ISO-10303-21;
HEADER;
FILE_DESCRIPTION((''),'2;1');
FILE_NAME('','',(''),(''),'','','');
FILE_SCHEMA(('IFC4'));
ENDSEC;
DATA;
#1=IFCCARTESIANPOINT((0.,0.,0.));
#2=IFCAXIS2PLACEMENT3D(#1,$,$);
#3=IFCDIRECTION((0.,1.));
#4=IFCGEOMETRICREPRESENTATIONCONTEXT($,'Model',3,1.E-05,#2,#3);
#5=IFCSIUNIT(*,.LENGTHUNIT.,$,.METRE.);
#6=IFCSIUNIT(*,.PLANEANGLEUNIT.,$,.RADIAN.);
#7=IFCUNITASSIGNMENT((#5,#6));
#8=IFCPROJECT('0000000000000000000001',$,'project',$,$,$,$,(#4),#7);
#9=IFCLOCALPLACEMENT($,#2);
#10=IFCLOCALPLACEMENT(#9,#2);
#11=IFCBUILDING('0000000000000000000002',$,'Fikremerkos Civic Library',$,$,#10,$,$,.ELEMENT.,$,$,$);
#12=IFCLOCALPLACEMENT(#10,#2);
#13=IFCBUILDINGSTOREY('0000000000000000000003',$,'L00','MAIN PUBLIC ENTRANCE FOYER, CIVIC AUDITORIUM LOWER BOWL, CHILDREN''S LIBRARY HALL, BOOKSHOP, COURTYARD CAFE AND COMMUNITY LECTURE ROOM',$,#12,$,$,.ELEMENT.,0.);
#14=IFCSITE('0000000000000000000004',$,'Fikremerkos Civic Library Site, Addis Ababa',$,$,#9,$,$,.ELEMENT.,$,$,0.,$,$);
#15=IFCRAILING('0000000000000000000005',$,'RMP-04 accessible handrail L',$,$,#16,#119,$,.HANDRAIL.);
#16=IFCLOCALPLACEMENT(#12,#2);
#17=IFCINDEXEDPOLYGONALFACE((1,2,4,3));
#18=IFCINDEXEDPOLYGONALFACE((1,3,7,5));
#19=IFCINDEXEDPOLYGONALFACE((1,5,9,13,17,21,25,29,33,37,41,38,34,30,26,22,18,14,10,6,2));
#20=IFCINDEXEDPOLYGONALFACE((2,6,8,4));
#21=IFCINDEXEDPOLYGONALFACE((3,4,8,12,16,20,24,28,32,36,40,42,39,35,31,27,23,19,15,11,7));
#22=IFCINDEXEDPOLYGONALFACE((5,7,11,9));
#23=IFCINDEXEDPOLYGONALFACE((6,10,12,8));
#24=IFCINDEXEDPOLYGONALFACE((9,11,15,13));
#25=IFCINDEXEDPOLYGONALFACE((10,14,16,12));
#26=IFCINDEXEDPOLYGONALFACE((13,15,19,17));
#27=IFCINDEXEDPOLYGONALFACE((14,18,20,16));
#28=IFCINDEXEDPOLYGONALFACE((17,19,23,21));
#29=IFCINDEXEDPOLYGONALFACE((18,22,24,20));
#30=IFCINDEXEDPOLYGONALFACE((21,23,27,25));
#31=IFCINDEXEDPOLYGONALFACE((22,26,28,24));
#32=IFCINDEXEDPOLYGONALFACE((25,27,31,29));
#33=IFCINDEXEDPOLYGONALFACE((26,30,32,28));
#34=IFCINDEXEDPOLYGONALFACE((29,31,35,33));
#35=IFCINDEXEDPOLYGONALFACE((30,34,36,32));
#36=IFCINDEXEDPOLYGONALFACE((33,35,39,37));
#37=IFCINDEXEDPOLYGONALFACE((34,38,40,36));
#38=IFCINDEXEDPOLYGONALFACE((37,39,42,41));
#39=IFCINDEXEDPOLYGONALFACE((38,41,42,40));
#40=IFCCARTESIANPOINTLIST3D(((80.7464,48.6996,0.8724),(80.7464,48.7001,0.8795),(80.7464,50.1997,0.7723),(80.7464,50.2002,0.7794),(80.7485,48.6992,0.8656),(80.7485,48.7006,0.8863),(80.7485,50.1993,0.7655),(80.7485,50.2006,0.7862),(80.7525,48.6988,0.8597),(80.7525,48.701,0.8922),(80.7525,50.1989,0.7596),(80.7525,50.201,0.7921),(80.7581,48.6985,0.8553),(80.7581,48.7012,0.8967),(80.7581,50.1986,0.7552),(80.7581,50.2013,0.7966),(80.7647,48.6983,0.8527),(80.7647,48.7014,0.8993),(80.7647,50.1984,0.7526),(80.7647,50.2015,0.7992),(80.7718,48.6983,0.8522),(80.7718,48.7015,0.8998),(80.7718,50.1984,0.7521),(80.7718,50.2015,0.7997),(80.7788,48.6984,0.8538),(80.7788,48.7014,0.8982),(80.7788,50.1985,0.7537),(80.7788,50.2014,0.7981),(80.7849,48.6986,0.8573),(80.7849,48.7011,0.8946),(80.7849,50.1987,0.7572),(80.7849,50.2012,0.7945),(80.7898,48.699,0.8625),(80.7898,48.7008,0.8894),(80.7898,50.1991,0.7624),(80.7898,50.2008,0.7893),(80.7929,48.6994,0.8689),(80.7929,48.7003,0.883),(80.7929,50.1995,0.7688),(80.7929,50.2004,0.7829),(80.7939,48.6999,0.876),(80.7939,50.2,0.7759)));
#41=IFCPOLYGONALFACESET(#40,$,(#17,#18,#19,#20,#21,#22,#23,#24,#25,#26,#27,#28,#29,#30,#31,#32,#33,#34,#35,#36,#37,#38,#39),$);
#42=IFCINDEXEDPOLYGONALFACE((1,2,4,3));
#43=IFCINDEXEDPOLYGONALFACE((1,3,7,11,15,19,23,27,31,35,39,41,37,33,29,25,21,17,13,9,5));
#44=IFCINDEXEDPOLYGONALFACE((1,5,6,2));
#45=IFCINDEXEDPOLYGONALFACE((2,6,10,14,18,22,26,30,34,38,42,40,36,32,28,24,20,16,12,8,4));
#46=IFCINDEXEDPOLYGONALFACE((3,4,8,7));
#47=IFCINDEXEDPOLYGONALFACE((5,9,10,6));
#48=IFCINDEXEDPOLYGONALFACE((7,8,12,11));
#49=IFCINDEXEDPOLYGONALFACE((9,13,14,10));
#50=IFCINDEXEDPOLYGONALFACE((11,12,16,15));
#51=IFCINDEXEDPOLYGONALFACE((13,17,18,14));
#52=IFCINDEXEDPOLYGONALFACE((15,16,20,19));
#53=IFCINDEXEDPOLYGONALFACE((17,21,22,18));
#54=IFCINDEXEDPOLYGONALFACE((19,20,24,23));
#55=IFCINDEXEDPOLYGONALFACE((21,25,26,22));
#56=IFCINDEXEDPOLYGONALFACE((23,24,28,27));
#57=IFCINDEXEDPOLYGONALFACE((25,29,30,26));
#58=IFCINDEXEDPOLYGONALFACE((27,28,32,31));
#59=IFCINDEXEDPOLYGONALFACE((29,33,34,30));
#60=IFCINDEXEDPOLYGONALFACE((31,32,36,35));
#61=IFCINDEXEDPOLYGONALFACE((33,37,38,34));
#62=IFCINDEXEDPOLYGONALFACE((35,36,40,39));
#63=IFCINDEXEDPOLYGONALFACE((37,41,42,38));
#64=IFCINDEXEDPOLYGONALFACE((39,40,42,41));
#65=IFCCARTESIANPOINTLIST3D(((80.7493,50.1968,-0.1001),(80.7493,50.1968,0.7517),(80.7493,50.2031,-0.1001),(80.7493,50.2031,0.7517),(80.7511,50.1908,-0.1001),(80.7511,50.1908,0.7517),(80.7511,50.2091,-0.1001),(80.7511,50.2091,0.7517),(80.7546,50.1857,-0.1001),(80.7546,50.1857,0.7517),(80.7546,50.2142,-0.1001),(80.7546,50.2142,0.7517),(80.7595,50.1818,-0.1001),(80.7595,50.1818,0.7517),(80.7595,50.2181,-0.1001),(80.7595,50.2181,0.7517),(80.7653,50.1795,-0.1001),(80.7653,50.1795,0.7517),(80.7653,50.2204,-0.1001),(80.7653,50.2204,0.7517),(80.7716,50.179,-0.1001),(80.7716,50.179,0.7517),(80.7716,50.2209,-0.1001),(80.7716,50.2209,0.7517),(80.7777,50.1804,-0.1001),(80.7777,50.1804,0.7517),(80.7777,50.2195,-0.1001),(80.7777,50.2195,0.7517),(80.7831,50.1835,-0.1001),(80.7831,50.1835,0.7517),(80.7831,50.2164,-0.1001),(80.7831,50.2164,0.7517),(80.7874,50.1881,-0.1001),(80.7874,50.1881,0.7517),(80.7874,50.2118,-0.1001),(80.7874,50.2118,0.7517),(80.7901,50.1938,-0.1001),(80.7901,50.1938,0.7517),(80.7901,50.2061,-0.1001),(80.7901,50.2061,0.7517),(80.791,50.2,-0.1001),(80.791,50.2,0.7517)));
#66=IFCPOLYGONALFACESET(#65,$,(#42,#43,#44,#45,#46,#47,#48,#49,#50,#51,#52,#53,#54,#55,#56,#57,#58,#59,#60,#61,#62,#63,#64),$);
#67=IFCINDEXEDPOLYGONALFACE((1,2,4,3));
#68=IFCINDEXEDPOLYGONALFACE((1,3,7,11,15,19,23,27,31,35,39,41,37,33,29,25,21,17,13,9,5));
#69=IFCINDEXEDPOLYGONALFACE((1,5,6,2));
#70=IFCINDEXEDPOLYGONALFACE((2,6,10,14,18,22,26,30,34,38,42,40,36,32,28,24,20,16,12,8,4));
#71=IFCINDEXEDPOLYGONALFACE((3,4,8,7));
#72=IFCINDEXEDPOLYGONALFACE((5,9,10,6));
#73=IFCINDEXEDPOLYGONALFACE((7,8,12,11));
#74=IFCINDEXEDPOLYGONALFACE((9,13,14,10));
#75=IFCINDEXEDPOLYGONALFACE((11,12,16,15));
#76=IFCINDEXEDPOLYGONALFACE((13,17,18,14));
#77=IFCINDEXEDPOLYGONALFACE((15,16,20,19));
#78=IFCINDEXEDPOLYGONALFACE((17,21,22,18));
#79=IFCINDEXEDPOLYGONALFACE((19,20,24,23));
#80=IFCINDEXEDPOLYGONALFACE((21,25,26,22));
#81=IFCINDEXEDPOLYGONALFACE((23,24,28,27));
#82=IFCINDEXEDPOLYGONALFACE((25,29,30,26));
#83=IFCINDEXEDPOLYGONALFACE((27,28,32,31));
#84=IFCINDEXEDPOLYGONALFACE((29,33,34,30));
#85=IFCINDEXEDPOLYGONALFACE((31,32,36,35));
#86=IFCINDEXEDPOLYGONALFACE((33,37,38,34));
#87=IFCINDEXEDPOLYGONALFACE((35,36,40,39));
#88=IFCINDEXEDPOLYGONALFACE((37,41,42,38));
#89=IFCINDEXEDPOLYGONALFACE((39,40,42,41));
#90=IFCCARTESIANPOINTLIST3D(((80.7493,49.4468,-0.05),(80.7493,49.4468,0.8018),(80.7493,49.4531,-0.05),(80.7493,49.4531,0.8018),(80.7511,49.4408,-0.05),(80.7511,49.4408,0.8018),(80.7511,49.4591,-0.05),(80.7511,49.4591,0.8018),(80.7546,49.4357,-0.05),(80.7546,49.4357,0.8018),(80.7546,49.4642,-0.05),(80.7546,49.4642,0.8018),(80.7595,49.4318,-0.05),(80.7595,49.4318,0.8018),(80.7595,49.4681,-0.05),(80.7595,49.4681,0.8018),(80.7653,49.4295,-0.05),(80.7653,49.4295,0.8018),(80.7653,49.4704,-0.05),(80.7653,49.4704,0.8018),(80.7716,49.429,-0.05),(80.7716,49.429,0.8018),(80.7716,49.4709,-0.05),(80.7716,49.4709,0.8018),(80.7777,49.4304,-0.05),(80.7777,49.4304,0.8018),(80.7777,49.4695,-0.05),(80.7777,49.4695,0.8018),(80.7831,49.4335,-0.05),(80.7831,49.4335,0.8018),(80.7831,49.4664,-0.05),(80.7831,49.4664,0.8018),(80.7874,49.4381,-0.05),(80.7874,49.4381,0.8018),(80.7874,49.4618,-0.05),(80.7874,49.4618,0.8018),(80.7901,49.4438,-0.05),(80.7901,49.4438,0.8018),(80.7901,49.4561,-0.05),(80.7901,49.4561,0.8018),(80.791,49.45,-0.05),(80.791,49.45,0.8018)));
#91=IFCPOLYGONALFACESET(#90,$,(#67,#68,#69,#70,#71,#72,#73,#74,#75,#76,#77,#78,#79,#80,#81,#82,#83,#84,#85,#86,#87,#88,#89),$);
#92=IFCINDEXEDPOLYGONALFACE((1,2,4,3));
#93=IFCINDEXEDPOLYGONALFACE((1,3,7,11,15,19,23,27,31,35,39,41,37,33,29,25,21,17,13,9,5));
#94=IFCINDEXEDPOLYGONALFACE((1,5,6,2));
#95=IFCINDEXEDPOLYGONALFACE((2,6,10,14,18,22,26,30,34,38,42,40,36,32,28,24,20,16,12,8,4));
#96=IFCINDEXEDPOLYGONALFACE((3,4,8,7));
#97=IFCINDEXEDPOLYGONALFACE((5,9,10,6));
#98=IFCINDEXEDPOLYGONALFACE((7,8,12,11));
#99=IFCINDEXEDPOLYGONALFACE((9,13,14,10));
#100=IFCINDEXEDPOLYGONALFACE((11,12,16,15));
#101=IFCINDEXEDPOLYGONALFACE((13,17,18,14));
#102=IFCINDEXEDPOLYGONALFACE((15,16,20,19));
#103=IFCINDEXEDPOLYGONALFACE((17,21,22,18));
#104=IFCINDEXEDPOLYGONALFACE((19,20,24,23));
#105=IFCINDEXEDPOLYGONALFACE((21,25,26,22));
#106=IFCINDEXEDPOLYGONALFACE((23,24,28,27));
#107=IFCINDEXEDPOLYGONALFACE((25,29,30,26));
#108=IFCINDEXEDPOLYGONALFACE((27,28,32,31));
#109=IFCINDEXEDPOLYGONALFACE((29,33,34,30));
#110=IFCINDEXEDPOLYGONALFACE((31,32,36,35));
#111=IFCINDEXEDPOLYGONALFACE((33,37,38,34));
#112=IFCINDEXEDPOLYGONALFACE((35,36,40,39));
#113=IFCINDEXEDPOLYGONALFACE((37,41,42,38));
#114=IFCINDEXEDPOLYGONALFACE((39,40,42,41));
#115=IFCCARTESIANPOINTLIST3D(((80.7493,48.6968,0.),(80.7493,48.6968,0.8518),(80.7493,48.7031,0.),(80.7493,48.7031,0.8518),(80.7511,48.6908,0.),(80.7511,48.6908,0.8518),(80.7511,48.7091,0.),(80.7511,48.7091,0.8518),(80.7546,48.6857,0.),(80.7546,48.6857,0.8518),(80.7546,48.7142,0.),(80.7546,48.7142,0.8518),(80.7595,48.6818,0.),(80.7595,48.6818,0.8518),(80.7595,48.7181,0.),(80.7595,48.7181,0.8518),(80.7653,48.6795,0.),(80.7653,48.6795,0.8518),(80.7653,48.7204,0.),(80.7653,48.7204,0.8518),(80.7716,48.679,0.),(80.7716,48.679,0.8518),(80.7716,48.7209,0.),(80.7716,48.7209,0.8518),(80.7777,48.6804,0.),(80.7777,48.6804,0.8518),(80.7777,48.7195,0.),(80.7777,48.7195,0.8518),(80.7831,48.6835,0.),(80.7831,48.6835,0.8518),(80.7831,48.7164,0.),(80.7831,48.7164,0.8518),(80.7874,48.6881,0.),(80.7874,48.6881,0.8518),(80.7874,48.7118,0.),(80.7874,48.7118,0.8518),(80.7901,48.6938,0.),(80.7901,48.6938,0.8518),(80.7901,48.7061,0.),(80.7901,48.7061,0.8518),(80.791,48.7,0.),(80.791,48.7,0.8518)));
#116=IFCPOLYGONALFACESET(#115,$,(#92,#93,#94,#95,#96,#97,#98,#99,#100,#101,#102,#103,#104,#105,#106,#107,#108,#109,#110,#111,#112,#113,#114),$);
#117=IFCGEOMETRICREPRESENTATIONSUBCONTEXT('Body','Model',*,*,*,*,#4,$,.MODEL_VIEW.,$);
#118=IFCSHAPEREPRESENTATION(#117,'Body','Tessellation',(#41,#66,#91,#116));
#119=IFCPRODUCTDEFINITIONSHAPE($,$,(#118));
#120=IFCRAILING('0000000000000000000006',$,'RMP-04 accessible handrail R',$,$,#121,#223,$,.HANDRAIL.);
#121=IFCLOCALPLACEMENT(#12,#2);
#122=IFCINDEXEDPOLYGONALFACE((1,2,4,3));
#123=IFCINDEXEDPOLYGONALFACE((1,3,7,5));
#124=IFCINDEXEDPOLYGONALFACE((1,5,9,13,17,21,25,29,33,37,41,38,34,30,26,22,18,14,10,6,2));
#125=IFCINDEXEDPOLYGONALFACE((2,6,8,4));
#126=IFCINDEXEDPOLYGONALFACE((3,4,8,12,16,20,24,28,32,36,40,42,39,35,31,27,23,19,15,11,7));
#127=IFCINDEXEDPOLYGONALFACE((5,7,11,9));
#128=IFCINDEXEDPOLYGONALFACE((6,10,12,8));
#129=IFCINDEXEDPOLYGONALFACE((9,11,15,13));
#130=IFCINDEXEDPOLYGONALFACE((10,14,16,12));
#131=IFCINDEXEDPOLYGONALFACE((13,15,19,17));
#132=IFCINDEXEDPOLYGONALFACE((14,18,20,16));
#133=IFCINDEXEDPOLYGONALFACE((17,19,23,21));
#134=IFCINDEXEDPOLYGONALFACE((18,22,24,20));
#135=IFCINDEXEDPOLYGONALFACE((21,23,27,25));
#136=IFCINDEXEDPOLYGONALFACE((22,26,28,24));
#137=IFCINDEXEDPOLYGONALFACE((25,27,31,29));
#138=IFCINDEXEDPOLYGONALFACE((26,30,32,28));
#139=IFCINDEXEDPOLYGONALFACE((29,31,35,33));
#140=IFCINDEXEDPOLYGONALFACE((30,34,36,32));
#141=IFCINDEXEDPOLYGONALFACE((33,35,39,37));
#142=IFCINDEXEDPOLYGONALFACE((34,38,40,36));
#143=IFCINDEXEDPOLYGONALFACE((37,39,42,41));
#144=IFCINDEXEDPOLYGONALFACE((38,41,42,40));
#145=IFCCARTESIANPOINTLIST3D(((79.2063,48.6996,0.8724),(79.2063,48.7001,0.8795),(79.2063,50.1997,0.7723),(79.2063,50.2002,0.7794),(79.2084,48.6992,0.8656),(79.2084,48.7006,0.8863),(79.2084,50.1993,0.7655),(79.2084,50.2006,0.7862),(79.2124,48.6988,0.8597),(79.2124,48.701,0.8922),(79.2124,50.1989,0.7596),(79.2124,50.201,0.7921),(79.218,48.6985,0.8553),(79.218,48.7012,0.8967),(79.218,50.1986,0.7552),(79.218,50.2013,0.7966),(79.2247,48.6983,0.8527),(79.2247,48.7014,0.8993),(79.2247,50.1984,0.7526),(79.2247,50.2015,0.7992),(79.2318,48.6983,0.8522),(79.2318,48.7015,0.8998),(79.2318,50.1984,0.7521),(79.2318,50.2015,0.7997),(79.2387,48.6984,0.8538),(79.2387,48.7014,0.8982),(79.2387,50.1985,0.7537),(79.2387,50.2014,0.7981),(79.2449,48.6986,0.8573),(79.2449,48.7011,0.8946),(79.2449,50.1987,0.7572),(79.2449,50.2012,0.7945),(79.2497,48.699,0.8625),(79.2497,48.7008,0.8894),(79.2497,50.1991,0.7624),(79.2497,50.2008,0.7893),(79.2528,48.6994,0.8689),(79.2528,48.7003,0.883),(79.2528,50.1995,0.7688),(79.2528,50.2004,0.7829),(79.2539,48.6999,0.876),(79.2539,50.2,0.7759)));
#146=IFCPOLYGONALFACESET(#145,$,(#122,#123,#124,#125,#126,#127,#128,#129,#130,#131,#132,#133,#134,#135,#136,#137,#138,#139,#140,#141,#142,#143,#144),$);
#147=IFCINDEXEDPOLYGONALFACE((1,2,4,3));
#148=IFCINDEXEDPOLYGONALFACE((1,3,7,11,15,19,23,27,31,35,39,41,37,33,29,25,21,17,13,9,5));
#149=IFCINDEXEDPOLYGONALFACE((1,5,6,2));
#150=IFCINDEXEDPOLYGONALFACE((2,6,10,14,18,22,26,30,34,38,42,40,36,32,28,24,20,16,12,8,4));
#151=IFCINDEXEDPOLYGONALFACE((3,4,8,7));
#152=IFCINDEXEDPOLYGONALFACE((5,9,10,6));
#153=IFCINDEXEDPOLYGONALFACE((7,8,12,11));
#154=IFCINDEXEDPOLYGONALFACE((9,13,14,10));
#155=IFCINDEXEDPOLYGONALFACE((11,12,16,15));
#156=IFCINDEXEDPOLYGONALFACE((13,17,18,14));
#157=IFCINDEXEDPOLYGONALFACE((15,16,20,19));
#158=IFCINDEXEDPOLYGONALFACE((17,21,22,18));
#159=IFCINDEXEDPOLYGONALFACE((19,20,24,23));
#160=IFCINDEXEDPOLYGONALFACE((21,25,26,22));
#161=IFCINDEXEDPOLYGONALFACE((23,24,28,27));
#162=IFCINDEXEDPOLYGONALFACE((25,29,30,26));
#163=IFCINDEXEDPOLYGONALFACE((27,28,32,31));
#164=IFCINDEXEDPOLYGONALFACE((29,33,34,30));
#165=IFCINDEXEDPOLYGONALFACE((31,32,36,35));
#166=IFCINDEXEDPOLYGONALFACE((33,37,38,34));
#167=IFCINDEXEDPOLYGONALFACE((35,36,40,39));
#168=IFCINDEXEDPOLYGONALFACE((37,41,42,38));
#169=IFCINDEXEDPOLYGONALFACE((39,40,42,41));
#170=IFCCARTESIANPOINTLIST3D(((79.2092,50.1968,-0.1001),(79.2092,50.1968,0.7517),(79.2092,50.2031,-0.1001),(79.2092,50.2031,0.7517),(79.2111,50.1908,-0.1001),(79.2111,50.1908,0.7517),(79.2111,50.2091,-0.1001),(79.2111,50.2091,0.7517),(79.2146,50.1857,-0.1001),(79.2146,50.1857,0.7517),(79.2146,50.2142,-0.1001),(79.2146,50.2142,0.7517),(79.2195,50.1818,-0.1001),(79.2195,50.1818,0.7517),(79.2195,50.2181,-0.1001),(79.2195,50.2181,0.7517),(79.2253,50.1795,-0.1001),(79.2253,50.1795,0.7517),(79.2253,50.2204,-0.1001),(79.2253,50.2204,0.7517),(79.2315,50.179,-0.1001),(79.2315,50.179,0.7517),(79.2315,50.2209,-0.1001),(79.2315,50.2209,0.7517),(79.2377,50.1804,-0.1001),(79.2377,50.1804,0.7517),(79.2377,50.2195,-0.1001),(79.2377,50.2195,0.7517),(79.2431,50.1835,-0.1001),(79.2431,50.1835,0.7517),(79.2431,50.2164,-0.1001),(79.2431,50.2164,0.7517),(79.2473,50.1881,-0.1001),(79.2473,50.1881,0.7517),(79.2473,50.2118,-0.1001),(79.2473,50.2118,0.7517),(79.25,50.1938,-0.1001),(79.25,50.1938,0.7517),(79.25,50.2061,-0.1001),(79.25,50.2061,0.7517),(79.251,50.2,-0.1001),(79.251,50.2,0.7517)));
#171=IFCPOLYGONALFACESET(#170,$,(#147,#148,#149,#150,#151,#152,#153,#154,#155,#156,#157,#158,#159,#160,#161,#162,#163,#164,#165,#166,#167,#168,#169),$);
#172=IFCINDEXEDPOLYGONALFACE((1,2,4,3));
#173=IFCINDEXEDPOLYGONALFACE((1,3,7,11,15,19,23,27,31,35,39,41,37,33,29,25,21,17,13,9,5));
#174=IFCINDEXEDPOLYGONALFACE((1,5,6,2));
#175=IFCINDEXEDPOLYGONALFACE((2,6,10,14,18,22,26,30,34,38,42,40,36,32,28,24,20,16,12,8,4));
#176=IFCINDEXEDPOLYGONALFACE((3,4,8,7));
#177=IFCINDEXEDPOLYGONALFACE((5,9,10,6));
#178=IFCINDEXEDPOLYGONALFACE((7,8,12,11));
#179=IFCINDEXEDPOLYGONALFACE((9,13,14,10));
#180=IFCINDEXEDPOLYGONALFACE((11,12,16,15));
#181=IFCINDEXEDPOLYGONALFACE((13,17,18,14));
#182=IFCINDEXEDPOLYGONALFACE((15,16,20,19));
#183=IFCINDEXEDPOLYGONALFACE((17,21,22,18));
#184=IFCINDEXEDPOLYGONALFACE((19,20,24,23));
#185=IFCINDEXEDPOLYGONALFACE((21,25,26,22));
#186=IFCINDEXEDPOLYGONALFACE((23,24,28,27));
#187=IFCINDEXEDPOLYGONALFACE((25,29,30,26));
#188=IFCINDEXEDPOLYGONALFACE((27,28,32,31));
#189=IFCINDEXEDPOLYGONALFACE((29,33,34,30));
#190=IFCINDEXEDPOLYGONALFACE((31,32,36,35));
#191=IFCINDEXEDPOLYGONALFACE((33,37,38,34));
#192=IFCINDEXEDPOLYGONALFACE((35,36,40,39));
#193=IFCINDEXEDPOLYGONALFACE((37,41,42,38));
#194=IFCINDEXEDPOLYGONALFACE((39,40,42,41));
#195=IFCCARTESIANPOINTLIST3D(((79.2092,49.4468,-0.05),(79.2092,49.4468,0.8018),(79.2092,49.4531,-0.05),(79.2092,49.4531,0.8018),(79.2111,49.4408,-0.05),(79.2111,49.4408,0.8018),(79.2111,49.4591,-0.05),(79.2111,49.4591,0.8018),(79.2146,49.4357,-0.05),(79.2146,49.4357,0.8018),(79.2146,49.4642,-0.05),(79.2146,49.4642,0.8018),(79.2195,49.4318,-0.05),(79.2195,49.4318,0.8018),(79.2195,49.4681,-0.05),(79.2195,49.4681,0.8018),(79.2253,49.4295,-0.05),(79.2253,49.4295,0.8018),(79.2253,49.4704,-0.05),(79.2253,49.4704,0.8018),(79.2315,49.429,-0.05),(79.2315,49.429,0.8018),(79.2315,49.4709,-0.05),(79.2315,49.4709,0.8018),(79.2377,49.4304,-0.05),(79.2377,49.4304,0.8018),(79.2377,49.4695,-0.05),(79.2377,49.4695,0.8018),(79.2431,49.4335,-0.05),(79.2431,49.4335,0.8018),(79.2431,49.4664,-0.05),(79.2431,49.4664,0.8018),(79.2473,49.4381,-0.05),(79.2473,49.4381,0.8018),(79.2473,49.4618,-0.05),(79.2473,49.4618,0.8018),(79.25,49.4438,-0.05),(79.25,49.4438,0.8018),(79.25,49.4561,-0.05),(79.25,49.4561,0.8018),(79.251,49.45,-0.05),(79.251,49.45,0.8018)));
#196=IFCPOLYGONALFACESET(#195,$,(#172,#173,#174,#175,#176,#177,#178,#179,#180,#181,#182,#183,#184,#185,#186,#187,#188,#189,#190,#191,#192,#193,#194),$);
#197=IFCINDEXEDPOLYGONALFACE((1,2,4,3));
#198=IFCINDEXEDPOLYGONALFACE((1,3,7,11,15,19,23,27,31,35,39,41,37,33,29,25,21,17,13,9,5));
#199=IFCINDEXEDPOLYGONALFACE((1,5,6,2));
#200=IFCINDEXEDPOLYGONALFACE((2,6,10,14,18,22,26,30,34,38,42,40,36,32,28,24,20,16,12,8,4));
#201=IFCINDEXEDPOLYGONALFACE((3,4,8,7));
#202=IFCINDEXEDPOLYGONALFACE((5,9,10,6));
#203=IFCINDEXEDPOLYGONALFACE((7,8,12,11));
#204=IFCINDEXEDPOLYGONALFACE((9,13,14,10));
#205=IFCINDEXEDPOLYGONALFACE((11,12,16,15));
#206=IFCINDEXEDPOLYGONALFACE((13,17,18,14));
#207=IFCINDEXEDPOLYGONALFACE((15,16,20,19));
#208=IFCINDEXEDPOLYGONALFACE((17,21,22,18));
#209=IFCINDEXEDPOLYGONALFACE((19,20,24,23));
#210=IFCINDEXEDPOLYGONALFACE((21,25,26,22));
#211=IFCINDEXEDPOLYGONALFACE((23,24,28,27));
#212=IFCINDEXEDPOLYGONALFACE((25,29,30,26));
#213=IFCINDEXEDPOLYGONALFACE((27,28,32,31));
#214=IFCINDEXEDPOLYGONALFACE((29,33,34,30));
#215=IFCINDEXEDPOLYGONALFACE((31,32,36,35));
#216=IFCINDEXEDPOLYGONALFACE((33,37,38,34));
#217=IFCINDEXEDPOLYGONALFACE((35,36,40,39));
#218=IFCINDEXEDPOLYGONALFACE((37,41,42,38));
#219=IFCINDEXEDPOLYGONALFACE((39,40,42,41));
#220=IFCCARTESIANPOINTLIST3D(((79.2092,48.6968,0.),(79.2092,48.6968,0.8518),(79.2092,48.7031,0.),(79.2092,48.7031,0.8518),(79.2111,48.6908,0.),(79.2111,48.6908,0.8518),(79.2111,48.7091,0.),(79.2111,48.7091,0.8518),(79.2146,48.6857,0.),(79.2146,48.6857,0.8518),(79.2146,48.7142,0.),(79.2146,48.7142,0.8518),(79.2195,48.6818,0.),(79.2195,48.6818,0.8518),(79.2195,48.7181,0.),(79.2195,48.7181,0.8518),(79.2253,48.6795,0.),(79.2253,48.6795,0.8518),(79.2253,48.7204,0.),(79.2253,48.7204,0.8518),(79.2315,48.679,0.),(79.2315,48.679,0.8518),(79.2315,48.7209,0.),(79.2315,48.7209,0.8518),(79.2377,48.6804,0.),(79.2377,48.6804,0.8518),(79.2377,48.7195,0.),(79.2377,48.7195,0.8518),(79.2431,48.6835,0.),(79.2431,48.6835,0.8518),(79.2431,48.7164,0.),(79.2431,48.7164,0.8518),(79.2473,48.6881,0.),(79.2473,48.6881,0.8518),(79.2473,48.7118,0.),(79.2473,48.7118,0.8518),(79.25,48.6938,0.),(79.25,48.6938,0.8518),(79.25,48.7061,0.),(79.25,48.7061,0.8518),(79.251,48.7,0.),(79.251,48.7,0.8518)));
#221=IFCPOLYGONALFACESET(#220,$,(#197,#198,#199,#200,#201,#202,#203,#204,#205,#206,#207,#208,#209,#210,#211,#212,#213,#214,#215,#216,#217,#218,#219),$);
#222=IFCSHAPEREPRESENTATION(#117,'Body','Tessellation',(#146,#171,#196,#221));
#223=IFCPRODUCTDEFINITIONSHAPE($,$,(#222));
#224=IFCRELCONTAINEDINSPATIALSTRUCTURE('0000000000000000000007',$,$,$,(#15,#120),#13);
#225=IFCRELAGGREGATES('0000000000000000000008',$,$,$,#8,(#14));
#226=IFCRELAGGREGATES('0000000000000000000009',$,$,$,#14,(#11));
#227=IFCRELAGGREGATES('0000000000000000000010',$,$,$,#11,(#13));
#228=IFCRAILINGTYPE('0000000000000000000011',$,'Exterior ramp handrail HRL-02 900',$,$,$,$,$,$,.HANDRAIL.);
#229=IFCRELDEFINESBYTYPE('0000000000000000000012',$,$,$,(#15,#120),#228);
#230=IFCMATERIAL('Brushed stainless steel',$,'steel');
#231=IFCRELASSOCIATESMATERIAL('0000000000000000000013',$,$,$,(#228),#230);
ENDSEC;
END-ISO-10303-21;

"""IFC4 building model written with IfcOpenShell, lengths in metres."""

from ifc_helpers import new_model, si_unit, direction, frame, origin, origin_2d, place, context, subcontext, project, spatial, circle, extrude, material, type_object, element, save


model = new_model("IFC4")

# Units and contexts
model_context = context("Model", 3, precision=1e-05, world=origin(), true_north=direction((0.0, 1.0)))
body_context = subcontext(model_context, "Body", "Model", "MODEL_VIEW")
ifc_project = project(units=[si_unit("LENGTHUNIT", "METRE"), si_unit("PLANEANGLEUNIT", "RADIAN")], contexts=[model_context])

# Site, building, storey
site_placement = place(None, origin())
site = spatial("IfcSite", under=ifc_project, at=site_placement, Name="Fikremerkos Civic Library Site, Addis Ababa", CompositionType="ELEMENT", RefElevation=0.0)
building_placement = place(site_placement, origin())
building = spatial("IfcBuilding", under=site, at=building_placement, Name="Fikremerkos Civic Library", CompositionType="ELEMENT")
storey_placement = place(building_placement, origin())
storey = spatial("IfcBuildingStorey", under=building, at=storey_placement, Name="L00", Description="MAIN PUBLIC ENTRANCE FOYER, CIVIC AUDITORIUM LOWER BOWL, CHILDREN'S LIBRARY HALL, BOOKSHOP, COURTYARD CAFE AND COMMUNITY LECTURE ROOM", CompositionType="ELEMENT", Elevation=0.0)

# Railings
ifc_material_1 = material(Name="Brushed stainless steel", Category="steel")
railing_type = type_object("IfcRailingType", Name="Exterior ramp handrail HRL-02 900", PredefinedType="HANDRAIL", material=ifc_material_1)
for number, where, name in (
    (1, (80.77, 50.2, -0.1001), "RMP-04 accessible handrail L"),
    (2, (79.23, 50.2, -0.1001), "RMP-04 accessible handrail R"),
):
    element("IfcRailing", number, at=place(storey_placement, frame(where)), inside=storey, type_object=railing_type, Name=name, PredefinedType="HANDRAIL", context=body_context, shape_type="SweptSolid", body=[
        extrude(circle(Radius=0.0239, at=origin_2d()), frame((0.0, 0.0, 0.876), z_axis=(0.0, -0.997781, 0.066584), x_axis=(1.0, 0.0, 0.0)), (0.0, 0.0, 1.0), 1.5034),
        extrude(circle(Radius=0.021, at=origin_2d()), origin(), (0.0, 0.0, 1.0), 0.8518),
        extrude(circle(Radius=0.021, at=origin_2d()), frame((0.0, -0.75, 0.05)), (0.0, 0.0, 1.0), 0.8518),
        extrude(circle(Radius=0.021, at=origin_2d()), frame((0.0, -1.5, 0.1001)), (0.0, 0.0, 1.0), 0.8518),
    ])

save(model, "model.ifc")
